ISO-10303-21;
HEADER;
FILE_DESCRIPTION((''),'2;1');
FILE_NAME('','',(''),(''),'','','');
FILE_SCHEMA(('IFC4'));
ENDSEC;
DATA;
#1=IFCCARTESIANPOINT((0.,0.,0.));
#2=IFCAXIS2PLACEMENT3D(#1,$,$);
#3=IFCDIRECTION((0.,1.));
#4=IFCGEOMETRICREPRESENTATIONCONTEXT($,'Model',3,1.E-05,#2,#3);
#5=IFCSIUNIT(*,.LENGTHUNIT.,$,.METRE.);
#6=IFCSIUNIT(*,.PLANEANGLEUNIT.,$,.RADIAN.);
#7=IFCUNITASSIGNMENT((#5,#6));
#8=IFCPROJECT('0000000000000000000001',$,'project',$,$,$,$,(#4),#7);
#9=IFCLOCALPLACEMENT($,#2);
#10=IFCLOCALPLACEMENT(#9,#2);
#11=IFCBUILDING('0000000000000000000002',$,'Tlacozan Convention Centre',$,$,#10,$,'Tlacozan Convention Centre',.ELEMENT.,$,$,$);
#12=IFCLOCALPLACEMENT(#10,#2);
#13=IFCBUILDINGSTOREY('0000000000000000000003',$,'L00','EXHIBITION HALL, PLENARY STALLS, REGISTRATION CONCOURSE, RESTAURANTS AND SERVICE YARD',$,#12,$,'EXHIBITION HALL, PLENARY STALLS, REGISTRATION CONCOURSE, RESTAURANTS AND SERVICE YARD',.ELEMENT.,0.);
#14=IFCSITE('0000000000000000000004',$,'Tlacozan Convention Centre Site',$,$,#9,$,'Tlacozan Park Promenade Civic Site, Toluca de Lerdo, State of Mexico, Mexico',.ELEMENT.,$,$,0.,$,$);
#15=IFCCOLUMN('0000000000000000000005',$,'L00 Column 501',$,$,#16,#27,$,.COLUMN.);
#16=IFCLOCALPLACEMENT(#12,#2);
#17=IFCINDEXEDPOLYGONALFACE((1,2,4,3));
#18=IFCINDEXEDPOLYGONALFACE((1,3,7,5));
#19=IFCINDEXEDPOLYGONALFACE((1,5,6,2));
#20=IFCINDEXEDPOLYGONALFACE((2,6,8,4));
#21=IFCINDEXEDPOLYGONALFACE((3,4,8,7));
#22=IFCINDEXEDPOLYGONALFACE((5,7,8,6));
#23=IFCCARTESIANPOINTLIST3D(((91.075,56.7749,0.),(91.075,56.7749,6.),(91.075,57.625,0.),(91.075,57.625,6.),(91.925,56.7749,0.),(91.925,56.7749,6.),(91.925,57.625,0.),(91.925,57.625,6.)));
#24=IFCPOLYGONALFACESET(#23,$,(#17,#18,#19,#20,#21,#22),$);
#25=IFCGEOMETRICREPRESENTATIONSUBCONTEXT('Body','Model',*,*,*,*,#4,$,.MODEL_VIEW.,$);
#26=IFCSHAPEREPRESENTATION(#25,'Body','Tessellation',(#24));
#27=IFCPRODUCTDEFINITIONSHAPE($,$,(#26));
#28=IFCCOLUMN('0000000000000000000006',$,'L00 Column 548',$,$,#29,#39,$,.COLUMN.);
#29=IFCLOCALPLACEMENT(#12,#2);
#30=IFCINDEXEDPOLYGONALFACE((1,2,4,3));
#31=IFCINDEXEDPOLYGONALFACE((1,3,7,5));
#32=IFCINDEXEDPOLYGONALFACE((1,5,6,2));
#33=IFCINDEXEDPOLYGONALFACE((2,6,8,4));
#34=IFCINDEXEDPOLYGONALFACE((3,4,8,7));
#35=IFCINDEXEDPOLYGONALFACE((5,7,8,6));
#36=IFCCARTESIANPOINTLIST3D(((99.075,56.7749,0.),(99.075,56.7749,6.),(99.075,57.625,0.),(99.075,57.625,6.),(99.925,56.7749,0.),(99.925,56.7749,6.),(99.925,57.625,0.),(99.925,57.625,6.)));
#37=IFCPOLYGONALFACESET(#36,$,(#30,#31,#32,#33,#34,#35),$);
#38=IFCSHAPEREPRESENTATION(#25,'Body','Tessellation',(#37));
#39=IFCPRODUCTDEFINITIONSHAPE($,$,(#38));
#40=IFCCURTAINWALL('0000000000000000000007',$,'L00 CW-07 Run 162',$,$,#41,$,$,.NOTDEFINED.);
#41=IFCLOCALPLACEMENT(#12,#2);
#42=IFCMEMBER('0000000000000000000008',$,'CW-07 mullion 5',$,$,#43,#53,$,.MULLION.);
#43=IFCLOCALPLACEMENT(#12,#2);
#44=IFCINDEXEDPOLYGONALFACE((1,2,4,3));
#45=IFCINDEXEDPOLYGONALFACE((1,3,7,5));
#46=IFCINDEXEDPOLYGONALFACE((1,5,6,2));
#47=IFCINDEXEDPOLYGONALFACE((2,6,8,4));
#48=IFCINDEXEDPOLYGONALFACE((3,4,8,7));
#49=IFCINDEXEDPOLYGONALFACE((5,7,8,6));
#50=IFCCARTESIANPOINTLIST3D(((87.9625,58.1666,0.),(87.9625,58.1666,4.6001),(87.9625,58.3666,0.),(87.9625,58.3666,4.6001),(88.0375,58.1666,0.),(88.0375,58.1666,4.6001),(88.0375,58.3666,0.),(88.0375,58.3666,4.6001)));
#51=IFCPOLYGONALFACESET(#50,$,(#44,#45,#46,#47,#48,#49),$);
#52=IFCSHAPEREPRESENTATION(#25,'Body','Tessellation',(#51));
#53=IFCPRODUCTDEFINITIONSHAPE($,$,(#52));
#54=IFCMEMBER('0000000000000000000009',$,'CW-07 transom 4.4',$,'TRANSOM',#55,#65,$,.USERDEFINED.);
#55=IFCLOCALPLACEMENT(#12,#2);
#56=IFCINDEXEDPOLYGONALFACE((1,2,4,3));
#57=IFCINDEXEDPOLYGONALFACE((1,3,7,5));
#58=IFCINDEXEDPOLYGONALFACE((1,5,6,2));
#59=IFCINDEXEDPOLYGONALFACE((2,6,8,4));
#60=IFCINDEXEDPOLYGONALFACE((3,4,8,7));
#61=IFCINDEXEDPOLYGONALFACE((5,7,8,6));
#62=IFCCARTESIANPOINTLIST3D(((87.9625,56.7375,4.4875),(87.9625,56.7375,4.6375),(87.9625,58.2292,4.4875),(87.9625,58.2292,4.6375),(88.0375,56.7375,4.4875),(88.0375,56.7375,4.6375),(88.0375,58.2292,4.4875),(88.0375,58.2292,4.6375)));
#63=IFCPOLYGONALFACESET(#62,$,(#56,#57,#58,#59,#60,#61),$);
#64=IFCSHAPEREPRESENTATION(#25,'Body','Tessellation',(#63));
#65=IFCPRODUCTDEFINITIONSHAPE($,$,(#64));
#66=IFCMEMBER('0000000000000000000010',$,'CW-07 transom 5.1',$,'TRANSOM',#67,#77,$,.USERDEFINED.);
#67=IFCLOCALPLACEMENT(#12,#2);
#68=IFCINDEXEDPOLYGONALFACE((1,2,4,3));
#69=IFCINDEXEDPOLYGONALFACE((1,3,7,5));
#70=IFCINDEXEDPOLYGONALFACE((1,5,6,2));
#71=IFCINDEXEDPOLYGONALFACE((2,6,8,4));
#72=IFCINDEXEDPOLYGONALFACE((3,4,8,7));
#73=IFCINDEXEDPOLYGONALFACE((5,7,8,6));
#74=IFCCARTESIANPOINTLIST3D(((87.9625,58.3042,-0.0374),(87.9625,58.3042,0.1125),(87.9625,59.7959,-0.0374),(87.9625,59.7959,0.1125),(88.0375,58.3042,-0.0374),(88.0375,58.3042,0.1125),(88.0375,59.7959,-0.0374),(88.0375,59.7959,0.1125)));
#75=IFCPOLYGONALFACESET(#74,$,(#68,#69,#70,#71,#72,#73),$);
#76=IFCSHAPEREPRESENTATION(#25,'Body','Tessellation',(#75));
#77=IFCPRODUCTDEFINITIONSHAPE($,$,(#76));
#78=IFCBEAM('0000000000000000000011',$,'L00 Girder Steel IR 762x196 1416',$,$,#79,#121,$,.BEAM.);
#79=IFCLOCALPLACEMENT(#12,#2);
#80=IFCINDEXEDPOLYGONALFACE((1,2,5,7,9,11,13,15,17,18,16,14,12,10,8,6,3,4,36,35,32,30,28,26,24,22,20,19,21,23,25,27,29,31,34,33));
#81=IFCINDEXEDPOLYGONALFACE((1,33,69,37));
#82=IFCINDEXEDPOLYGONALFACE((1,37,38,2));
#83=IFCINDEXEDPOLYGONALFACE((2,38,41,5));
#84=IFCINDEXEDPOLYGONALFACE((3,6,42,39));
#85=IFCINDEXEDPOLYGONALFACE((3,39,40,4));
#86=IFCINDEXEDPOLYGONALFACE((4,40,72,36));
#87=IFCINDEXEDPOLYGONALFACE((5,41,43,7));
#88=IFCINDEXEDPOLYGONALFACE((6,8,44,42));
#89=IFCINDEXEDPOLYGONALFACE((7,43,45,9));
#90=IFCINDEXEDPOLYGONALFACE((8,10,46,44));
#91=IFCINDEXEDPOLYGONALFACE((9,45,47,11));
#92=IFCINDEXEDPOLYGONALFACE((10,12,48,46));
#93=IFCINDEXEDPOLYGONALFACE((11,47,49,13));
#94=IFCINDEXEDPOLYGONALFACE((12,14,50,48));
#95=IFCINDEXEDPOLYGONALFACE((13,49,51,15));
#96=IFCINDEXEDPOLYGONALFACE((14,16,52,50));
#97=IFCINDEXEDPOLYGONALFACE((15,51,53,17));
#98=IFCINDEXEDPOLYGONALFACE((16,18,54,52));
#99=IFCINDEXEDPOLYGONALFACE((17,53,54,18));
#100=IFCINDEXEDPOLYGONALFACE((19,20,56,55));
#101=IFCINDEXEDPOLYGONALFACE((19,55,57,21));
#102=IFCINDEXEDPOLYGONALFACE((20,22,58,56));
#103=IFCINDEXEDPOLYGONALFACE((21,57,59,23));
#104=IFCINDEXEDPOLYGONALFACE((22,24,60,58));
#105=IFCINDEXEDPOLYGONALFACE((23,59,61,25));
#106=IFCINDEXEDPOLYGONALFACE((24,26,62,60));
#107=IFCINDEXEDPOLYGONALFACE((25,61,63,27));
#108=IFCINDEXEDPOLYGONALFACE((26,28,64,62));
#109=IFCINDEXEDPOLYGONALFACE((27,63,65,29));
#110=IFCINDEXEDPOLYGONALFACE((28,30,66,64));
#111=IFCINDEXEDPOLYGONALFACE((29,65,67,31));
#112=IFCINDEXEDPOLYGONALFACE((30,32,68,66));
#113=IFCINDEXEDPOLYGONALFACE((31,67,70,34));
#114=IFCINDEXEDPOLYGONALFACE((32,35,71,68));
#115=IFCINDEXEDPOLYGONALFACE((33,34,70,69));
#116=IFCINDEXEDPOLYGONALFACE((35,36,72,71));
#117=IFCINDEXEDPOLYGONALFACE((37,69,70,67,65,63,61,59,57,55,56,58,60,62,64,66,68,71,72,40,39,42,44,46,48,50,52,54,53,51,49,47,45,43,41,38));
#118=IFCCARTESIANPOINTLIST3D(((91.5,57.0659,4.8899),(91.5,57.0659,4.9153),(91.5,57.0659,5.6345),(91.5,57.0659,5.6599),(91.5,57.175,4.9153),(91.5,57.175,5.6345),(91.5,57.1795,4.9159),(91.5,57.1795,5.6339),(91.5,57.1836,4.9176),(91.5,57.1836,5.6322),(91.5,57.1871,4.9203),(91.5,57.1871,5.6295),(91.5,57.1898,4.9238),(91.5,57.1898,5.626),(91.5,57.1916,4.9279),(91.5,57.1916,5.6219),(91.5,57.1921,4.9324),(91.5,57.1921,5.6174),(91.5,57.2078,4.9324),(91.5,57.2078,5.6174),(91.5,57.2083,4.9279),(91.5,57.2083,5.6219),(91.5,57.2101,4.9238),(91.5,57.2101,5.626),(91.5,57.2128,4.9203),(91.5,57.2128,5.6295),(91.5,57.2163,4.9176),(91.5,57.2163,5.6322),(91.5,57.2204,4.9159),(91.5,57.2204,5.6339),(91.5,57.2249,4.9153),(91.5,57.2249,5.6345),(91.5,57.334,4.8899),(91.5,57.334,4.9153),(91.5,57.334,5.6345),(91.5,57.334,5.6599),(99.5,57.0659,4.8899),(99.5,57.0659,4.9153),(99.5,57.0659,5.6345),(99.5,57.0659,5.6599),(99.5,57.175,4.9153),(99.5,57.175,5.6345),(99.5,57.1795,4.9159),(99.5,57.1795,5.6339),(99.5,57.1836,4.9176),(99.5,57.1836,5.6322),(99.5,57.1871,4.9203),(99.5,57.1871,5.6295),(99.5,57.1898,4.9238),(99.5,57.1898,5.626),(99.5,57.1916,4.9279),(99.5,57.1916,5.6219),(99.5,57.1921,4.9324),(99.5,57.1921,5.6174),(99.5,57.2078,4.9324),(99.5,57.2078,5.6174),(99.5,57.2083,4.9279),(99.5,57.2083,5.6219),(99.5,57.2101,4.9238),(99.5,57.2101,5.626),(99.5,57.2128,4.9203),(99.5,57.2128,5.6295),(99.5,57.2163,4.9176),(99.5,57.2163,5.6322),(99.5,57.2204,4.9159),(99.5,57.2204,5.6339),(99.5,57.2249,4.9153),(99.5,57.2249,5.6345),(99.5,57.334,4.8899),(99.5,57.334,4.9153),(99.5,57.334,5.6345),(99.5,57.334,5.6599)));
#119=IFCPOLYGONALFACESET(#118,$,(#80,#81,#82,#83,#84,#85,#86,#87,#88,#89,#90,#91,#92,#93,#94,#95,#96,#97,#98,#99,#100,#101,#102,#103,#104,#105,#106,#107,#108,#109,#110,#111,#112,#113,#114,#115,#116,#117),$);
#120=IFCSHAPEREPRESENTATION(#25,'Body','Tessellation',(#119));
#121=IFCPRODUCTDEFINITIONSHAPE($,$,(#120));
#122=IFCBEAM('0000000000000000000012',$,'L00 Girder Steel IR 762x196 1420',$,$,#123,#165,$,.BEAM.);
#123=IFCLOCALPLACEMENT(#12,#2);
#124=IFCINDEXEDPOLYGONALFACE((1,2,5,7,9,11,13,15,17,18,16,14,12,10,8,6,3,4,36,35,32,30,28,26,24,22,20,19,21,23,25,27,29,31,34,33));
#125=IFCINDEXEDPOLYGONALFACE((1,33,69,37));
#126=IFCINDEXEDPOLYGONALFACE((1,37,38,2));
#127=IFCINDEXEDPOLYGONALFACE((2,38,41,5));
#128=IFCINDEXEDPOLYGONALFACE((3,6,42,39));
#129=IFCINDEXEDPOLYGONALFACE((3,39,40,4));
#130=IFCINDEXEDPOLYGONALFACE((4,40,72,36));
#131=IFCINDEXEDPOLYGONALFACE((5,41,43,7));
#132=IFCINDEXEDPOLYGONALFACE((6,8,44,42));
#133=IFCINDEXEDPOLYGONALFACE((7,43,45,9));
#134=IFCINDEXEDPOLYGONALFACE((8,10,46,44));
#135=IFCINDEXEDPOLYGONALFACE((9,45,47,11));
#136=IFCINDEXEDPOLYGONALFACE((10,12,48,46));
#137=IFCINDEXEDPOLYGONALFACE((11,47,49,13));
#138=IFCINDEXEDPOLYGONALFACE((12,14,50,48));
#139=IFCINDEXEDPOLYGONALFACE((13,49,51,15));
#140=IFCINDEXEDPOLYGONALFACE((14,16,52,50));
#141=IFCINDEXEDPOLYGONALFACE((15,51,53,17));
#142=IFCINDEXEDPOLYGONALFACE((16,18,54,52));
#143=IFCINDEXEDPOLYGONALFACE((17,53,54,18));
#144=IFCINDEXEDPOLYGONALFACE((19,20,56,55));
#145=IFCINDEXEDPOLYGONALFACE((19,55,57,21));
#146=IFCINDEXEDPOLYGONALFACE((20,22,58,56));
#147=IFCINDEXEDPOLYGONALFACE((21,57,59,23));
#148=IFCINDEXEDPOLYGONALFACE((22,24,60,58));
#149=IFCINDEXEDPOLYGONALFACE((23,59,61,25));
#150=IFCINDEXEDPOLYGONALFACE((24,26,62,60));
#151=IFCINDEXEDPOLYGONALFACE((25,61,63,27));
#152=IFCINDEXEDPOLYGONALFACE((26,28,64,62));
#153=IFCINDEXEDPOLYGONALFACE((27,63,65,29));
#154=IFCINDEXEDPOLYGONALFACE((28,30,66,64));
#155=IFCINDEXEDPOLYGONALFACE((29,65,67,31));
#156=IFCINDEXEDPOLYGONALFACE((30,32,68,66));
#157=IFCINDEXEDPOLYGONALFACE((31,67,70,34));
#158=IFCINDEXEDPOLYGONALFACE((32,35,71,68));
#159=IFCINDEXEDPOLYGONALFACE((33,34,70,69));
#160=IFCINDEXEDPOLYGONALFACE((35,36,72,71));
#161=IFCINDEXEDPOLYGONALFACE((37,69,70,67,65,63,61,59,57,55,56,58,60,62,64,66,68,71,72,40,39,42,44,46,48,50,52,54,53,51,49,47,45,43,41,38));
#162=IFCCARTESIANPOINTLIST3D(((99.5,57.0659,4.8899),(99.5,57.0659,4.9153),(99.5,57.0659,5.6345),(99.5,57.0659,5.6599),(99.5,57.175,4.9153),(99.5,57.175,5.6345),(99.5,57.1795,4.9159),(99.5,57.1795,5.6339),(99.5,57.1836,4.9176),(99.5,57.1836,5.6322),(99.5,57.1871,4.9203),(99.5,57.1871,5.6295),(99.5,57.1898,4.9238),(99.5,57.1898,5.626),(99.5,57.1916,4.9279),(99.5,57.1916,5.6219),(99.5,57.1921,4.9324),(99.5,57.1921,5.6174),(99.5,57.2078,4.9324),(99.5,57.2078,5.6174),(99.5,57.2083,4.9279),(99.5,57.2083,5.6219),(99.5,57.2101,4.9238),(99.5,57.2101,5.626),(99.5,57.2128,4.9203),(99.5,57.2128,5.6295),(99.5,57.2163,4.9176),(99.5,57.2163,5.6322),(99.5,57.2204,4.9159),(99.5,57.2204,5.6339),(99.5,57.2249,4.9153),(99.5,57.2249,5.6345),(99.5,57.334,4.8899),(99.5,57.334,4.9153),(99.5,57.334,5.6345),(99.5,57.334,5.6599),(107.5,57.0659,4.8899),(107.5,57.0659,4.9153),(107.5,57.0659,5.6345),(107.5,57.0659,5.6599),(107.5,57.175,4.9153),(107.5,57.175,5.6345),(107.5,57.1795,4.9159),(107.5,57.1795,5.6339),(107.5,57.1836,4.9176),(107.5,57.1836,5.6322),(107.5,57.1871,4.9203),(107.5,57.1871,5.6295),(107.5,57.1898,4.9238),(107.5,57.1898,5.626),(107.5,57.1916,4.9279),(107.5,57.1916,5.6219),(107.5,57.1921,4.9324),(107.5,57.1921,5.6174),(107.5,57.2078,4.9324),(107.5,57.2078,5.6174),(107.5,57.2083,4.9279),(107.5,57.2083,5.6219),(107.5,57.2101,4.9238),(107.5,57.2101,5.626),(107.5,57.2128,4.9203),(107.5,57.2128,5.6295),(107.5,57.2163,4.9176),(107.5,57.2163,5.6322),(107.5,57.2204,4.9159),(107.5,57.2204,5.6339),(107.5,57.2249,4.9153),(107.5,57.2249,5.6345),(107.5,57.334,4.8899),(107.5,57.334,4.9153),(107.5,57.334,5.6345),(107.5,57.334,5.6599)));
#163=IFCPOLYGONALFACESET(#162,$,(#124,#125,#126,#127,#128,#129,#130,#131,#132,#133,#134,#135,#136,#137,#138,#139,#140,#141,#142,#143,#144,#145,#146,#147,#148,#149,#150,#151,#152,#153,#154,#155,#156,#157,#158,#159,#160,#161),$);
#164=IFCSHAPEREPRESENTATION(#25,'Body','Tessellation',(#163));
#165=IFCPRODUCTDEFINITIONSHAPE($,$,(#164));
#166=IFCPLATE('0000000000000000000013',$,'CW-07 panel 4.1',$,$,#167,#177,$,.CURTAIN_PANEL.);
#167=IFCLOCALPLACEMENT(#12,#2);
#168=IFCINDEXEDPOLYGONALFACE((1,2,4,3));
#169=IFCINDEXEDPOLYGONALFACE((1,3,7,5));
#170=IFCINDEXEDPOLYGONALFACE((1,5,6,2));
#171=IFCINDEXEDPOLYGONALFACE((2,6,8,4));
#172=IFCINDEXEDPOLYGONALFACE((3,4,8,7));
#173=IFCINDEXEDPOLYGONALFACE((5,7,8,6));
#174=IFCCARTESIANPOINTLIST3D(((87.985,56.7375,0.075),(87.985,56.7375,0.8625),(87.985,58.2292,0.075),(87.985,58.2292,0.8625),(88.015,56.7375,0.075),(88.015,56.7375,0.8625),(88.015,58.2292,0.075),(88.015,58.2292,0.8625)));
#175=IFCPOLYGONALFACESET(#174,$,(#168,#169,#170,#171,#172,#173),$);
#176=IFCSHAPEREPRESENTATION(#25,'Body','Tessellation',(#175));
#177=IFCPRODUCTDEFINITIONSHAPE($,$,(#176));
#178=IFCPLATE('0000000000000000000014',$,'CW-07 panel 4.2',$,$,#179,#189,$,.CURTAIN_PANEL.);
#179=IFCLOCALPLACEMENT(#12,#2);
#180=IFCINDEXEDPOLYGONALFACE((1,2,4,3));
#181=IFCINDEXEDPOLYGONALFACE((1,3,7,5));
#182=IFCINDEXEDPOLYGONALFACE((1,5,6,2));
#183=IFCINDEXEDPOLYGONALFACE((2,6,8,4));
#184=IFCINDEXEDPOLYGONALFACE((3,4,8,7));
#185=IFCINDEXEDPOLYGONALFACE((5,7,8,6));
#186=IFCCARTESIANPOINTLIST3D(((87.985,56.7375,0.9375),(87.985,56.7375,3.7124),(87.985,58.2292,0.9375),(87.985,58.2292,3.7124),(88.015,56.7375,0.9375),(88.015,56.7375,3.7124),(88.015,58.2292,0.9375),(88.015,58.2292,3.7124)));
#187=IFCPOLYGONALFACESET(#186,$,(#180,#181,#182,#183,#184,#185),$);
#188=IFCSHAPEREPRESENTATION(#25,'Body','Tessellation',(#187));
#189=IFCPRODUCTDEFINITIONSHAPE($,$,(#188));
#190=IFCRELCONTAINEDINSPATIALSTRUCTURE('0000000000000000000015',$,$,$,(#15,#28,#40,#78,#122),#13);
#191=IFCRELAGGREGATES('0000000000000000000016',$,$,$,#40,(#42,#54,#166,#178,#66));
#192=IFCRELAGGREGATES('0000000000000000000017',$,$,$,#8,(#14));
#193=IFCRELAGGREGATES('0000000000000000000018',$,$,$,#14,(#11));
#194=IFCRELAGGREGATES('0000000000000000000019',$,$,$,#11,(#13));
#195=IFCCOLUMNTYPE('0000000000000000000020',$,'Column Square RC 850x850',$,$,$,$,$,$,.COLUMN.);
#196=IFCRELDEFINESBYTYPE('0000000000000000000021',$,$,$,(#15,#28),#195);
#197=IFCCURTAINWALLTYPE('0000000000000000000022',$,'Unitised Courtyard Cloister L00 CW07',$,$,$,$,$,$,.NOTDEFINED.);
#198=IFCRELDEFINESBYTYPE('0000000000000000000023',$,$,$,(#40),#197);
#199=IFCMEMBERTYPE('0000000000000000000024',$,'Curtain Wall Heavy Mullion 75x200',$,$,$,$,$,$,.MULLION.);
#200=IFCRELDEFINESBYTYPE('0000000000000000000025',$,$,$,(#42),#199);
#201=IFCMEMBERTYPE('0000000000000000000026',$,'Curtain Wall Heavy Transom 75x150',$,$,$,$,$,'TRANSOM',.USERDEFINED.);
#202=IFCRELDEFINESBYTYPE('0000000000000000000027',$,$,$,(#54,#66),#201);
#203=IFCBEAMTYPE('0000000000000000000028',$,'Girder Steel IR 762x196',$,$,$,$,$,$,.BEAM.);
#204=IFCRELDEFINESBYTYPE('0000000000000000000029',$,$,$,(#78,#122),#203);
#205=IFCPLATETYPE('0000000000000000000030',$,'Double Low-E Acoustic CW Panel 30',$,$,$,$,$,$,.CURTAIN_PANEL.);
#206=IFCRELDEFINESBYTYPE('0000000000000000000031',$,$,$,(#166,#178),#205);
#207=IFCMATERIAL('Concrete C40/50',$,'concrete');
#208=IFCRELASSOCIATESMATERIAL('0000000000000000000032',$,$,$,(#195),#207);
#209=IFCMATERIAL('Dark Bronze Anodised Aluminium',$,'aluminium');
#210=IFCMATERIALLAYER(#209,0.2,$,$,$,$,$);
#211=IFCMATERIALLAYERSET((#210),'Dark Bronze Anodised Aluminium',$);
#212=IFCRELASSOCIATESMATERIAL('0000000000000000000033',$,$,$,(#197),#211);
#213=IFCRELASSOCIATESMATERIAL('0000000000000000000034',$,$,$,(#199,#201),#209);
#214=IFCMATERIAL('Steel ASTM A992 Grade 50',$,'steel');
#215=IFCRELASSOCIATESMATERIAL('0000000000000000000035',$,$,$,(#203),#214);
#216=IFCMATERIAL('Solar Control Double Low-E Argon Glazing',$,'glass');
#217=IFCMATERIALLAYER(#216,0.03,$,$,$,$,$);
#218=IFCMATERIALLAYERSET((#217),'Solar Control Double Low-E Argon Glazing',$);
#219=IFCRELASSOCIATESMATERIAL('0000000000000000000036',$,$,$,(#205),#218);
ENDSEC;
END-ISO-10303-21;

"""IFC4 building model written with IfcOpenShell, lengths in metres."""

from ifc_helpers import new_model, si_unit, direction, frame, origin, origin_2d, place, context, subcontext, project, spatial, rectangle, i_section, extrude, material, layer, layer_set, material_profile, profile_set, type_object, element, aggregate, save


model = new_model("IFC4")

# Units and contexts
model_context = context("Model", 3, precision=1e-05, world=origin(), true_north=direction((0.0, 1.0)))
body_context = subcontext(model_context, "Body", "Model", "MODEL_VIEW")
ifc_project = project(units=[si_unit("LENGTHUNIT", "METRE"), si_unit("PLANEANGLEUNIT", "RADIAN")], contexts=[model_context])

# Site, building, storey
site_placement = place(None, origin())
site = spatial("IfcSite", under=ifc_project, at=site_placement, Name="Tlacozan Convention Centre Site", LongName="Tlacozan Park Promenade Civic Site, Toluca de Lerdo, State of Mexico, Mexico", CompositionType="ELEMENT", RefElevation=0.0)
building_placement = place(site_placement, origin())
building = spatial("IfcBuilding", under=site, at=building_placement, Name="Tlacozan Convention Centre", LongName="Tlacozan Convention Centre", CompositionType="ELEMENT")
storey_placement = place(building_placement, origin())
storey = spatial("IfcBuildingStorey", under=building, at=storey_placement, Name="L00", Description="EXHIBITION HALL, PLENARY STALLS, REGISTRATION CONCOURSE, RESTAURANTS AND SERVICE YARD", LongName="EXHIBITION HALL, PLENARY STALLS, REGISTRATION CONCOURSE, RESTAURANTS AND SERVICE YARD", CompositionType="ELEMENT", Elevation=0.0)

# Columns
ifc_material_1 = material(Name="Concrete C40/50", Category="concrete")
ifc_material_profile_1 = material_profile(ifc_material_1, rectangle(XDim=0.8501, YDim=0.8501, at=origin_2d()), Name="RC 850x850")
ifc_profile_set_1 = profile_set([ifc_material_profile_1], Name="Concrete C40/50")
column_type = type_object("IfcColumnType", Name="Column Square RC 850x850", PredefinedType="COLUMN", material=ifc_profile_set_1)
for number, where, z_axis, x_axis, name in (
    (1, (91.5, 57.2, 0.0), (0.0, 0.0, 1.0), (1.0, 0.0, 0.0), "L00 Column 501"),
    (2, (99.5, 57.2, 0.0), (0.0, 0.0, 1.0), (1.0, 0.0, 0.0), "L00 Column 548"),
):
    element("IfcColumn", number, at=place(storey_placement, frame(where, z_axis=z_axis, x_axis=x_axis)), inside=storey, type_object=column_type, Name=name, PredefinedType="COLUMN", context=body_context, shape_type="SweptSolid", body=[
        extrude(rectangle(XDim=0.8501, YDim=0.8501, at=origin_2d()), origin(), (0.0, 0.0, 1.0), 6.0),
    ])

# Curtain wall, members
ifc_material_2 = material(Name="Dark Bronze Anodised Aluminium", Category="aluminium")
ifc_layer_1 = layer(ifc_material_2, 0.2)
ifc_layer_set_1 = layer_set([ifc_layer_1], Name="Dark Bronze Anodised Aluminium")
curtain_wall_type = type_object("IfcCurtainWallType", Name="Unitised Courtyard Cloister L00 CW07", PredefinedType="NOTDEFINED", material=ifc_layer_set_1)
curtain_wall_placement = place(storey_placement, origin())
curtain_wall = element("IfcCurtainWall", 3, at=curtain_wall_placement, inside=storey, type_object=curtain_wall_type, Name="L00 CW-07 Run 162", PredefinedType="NOTDEFINED")
ifc_material_profile_2 = material_profile(ifc_material_2, rectangle(XDim=0.075, YDim=0.2, at=origin_2d()), Name="ALU 75x200")
ifc_profile_set_2 = profile_set([ifc_material_profile_2], Name="Dark Bronze Anodised Aluminium")
member_type_1 = type_object("IfcMemberType", Name="Curtain Wall Heavy Mullion 75x200", PredefinedType="MULLION", material=ifc_profile_set_2)
member_1_placement = place(storey_placement, frame((88.0, 58.2666, 0.0), z_axis=(0.0, 0.0, 1.0), x_axis=(-1.0, 0.0, 0.0)))
member_1 = element("IfcMember", 4, at=member_1_placement, type_object=member_type_1, Name="CW-07 mullion 5", PredefinedType="MULLION", context=body_context, shape_type="SweptSolid", body=[
    extrude(rectangle(XDim=0.075, YDim=0.2, at=origin_2d()), origin(), (0.0, 0.0, 1.0), 4.6001),
])
ifc_material_profile_3 = material_profile(ifc_material_2, rectangle(XDim=0.075, YDim=0.1499, at=origin_2d()), Name="ALU 75x150")
ifc_profile_set_3 = profile_set([ifc_material_profile_3], Name="Dark Bronze Anodised Aluminium")
member_type_2 = type_object("IfcMemberType", Name="Curtain Wall Heavy Transom 75x150", ElementType="TRANSOM", PredefinedType="USERDEFINED", material=ifc_profile_set_3)
member_2_placement = place(storey_placement, frame((88.0, 56.7375, 4.5625), z_axis=(0.0, 1.0, 0.0), x_axis=(-1.0, 0.0, 0.0)))
member_2 = element("IfcMember", 5, at=member_2_placement, type_object=member_type_2, Name="CW-07 transom 4.4", ObjectType="TRANSOM", PredefinedType="USERDEFINED", context=body_context, shape_type="SweptSolid", body=[
    extrude(rectangle(XDim=0.075, YDim=0.1499, at=origin_2d()), origin(), (0.0, 0.0, 1.0), 1.4917),
])
member_3_placement = place(storey_placement, frame((88.0, 58.3042, 0.0376), z_axis=(0.0, 1.0, 0.0), x_axis=(-1.0, 0.0, 0.0)))
member_3 = element("IfcMember", 6, at=member_3_placement, type_object=member_type_2, Name="CW-07 transom 5.1", ObjectType="TRANSOM", PredefinedType="USERDEFINED", context=body_context, shape_type="SweptSolid", body=[
    extrude(rectangle(XDim=0.075, YDim=0.1499, at=origin_2d()), origin(), (0.0, 0.0, 1.0), 1.4917),
])

# Beams
ifc_material_3 = material(Name="Steel ASTM A992 Grade 50", Category="steel")
ifc_material_profile_4 = material_profile(ifc_material_3, i_section(OverallWidth=0.2681, OverallDepth=0.77, WebThickness=0.0156, FlangeThickness=0.0254, FilletRadius=0.0171, at=origin_2d()), Name="IR 762x196.0")
ifc_profile_set_4 = profile_set([ifc_material_profile_4], Name="Steel ASTM A992 Grade 50")
beam_type = type_object("IfcBeamType", Name="Girder Steel IR 762x196", PredefinedType="BEAM", material=ifc_profile_set_4)
for number, where, z_axis, x_axis, name in (
    (7, (91.5, 57.2, 5.2749), (1.0, 0.0, 0.0), (0.0, 1.0, 0.0), "L00 Girder Steel IR 762x196 1416"),
    (8, (99.5, 57.2, 5.2749), (1.0, 0.0, 0.0), (0.0, 1.0, 0.0), "L00 Girder Steel IR 762x196 1420"),
):
    element("IfcBeam", number, at=place(storey_placement, frame(where, z_axis=z_axis, x_axis=x_axis)), inside=storey, type_object=beam_type, Name=name, PredefinedType="BEAM", context=body_context, shape_type="SweptSolid", body=[
        extrude(i_section(OverallWidth=0.2681, OverallDepth=0.77, WebThickness=0.0156, FlangeThickness=0.0254, FilletRadius=0.0171, at=origin_2d()), origin(), (0.0, 0.0, 1.0), 8.0),
    ])

# Plates
ifc_material_4 = material(Name="Solar Control Double Low-E Argon Glazing", Category="glass")
ifc_layer_2 = layer(ifc_material_4, 0.03)
ifc_layer_set_2 = layer_set([ifc_layer_2], Name="Solar Control Double Low-E Argon Glazing")
plate_type = type_object("IfcPlateType", Name="Double Low-E Acoustic CW Panel 30", PredefinedType="CURTAIN_PANEL", material=ifc_layer_set_2)
plate_1_placement = place(storey_placement, frame((88.0, 57.4834, 0.075), z_axis=(0.0, 0.0, 1.0), x_axis=(0.0, 1.0, 0.0)))
plate_1 = element("IfcPlate", 9, at=plate_1_placement, type_object=plate_type, Name="CW-07 panel 4.1", PredefinedType="CURTAIN_PANEL", context=body_context, shape_type="SweptSolid", body=[
    extrude(rectangle(XDim=1.4917, YDim=0.03, at=origin_2d()), origin(), (0.0, 0.0, 1.0), 0.7876),
])
plate_2_placement = place(storey_placement, frame((88.0, 57.4834, 0.9375), z_axis=(0.0, 0.0, 1.0), x_axis=(0.0, 1.0, 0.0)))
plate_2 = element("IfcPlate", 10, at=plate_2_placement, type_object=plate_type, Name="CW-07 panel 4.2", PredefinedType="CURTAIN_PANEL", context=body_context, shape_type="SweptSolid", body=[
    extrude(rectangle(XDim=1.4917, YDim=0.03, at=origin_2d()), origin(), (0.0, 0.0, 1.0), 2.7749),
])
aggregate(curtain_wall, [member_1, member_2, plate_1, plate_2, member_3])

save(model, "model.ifc")
